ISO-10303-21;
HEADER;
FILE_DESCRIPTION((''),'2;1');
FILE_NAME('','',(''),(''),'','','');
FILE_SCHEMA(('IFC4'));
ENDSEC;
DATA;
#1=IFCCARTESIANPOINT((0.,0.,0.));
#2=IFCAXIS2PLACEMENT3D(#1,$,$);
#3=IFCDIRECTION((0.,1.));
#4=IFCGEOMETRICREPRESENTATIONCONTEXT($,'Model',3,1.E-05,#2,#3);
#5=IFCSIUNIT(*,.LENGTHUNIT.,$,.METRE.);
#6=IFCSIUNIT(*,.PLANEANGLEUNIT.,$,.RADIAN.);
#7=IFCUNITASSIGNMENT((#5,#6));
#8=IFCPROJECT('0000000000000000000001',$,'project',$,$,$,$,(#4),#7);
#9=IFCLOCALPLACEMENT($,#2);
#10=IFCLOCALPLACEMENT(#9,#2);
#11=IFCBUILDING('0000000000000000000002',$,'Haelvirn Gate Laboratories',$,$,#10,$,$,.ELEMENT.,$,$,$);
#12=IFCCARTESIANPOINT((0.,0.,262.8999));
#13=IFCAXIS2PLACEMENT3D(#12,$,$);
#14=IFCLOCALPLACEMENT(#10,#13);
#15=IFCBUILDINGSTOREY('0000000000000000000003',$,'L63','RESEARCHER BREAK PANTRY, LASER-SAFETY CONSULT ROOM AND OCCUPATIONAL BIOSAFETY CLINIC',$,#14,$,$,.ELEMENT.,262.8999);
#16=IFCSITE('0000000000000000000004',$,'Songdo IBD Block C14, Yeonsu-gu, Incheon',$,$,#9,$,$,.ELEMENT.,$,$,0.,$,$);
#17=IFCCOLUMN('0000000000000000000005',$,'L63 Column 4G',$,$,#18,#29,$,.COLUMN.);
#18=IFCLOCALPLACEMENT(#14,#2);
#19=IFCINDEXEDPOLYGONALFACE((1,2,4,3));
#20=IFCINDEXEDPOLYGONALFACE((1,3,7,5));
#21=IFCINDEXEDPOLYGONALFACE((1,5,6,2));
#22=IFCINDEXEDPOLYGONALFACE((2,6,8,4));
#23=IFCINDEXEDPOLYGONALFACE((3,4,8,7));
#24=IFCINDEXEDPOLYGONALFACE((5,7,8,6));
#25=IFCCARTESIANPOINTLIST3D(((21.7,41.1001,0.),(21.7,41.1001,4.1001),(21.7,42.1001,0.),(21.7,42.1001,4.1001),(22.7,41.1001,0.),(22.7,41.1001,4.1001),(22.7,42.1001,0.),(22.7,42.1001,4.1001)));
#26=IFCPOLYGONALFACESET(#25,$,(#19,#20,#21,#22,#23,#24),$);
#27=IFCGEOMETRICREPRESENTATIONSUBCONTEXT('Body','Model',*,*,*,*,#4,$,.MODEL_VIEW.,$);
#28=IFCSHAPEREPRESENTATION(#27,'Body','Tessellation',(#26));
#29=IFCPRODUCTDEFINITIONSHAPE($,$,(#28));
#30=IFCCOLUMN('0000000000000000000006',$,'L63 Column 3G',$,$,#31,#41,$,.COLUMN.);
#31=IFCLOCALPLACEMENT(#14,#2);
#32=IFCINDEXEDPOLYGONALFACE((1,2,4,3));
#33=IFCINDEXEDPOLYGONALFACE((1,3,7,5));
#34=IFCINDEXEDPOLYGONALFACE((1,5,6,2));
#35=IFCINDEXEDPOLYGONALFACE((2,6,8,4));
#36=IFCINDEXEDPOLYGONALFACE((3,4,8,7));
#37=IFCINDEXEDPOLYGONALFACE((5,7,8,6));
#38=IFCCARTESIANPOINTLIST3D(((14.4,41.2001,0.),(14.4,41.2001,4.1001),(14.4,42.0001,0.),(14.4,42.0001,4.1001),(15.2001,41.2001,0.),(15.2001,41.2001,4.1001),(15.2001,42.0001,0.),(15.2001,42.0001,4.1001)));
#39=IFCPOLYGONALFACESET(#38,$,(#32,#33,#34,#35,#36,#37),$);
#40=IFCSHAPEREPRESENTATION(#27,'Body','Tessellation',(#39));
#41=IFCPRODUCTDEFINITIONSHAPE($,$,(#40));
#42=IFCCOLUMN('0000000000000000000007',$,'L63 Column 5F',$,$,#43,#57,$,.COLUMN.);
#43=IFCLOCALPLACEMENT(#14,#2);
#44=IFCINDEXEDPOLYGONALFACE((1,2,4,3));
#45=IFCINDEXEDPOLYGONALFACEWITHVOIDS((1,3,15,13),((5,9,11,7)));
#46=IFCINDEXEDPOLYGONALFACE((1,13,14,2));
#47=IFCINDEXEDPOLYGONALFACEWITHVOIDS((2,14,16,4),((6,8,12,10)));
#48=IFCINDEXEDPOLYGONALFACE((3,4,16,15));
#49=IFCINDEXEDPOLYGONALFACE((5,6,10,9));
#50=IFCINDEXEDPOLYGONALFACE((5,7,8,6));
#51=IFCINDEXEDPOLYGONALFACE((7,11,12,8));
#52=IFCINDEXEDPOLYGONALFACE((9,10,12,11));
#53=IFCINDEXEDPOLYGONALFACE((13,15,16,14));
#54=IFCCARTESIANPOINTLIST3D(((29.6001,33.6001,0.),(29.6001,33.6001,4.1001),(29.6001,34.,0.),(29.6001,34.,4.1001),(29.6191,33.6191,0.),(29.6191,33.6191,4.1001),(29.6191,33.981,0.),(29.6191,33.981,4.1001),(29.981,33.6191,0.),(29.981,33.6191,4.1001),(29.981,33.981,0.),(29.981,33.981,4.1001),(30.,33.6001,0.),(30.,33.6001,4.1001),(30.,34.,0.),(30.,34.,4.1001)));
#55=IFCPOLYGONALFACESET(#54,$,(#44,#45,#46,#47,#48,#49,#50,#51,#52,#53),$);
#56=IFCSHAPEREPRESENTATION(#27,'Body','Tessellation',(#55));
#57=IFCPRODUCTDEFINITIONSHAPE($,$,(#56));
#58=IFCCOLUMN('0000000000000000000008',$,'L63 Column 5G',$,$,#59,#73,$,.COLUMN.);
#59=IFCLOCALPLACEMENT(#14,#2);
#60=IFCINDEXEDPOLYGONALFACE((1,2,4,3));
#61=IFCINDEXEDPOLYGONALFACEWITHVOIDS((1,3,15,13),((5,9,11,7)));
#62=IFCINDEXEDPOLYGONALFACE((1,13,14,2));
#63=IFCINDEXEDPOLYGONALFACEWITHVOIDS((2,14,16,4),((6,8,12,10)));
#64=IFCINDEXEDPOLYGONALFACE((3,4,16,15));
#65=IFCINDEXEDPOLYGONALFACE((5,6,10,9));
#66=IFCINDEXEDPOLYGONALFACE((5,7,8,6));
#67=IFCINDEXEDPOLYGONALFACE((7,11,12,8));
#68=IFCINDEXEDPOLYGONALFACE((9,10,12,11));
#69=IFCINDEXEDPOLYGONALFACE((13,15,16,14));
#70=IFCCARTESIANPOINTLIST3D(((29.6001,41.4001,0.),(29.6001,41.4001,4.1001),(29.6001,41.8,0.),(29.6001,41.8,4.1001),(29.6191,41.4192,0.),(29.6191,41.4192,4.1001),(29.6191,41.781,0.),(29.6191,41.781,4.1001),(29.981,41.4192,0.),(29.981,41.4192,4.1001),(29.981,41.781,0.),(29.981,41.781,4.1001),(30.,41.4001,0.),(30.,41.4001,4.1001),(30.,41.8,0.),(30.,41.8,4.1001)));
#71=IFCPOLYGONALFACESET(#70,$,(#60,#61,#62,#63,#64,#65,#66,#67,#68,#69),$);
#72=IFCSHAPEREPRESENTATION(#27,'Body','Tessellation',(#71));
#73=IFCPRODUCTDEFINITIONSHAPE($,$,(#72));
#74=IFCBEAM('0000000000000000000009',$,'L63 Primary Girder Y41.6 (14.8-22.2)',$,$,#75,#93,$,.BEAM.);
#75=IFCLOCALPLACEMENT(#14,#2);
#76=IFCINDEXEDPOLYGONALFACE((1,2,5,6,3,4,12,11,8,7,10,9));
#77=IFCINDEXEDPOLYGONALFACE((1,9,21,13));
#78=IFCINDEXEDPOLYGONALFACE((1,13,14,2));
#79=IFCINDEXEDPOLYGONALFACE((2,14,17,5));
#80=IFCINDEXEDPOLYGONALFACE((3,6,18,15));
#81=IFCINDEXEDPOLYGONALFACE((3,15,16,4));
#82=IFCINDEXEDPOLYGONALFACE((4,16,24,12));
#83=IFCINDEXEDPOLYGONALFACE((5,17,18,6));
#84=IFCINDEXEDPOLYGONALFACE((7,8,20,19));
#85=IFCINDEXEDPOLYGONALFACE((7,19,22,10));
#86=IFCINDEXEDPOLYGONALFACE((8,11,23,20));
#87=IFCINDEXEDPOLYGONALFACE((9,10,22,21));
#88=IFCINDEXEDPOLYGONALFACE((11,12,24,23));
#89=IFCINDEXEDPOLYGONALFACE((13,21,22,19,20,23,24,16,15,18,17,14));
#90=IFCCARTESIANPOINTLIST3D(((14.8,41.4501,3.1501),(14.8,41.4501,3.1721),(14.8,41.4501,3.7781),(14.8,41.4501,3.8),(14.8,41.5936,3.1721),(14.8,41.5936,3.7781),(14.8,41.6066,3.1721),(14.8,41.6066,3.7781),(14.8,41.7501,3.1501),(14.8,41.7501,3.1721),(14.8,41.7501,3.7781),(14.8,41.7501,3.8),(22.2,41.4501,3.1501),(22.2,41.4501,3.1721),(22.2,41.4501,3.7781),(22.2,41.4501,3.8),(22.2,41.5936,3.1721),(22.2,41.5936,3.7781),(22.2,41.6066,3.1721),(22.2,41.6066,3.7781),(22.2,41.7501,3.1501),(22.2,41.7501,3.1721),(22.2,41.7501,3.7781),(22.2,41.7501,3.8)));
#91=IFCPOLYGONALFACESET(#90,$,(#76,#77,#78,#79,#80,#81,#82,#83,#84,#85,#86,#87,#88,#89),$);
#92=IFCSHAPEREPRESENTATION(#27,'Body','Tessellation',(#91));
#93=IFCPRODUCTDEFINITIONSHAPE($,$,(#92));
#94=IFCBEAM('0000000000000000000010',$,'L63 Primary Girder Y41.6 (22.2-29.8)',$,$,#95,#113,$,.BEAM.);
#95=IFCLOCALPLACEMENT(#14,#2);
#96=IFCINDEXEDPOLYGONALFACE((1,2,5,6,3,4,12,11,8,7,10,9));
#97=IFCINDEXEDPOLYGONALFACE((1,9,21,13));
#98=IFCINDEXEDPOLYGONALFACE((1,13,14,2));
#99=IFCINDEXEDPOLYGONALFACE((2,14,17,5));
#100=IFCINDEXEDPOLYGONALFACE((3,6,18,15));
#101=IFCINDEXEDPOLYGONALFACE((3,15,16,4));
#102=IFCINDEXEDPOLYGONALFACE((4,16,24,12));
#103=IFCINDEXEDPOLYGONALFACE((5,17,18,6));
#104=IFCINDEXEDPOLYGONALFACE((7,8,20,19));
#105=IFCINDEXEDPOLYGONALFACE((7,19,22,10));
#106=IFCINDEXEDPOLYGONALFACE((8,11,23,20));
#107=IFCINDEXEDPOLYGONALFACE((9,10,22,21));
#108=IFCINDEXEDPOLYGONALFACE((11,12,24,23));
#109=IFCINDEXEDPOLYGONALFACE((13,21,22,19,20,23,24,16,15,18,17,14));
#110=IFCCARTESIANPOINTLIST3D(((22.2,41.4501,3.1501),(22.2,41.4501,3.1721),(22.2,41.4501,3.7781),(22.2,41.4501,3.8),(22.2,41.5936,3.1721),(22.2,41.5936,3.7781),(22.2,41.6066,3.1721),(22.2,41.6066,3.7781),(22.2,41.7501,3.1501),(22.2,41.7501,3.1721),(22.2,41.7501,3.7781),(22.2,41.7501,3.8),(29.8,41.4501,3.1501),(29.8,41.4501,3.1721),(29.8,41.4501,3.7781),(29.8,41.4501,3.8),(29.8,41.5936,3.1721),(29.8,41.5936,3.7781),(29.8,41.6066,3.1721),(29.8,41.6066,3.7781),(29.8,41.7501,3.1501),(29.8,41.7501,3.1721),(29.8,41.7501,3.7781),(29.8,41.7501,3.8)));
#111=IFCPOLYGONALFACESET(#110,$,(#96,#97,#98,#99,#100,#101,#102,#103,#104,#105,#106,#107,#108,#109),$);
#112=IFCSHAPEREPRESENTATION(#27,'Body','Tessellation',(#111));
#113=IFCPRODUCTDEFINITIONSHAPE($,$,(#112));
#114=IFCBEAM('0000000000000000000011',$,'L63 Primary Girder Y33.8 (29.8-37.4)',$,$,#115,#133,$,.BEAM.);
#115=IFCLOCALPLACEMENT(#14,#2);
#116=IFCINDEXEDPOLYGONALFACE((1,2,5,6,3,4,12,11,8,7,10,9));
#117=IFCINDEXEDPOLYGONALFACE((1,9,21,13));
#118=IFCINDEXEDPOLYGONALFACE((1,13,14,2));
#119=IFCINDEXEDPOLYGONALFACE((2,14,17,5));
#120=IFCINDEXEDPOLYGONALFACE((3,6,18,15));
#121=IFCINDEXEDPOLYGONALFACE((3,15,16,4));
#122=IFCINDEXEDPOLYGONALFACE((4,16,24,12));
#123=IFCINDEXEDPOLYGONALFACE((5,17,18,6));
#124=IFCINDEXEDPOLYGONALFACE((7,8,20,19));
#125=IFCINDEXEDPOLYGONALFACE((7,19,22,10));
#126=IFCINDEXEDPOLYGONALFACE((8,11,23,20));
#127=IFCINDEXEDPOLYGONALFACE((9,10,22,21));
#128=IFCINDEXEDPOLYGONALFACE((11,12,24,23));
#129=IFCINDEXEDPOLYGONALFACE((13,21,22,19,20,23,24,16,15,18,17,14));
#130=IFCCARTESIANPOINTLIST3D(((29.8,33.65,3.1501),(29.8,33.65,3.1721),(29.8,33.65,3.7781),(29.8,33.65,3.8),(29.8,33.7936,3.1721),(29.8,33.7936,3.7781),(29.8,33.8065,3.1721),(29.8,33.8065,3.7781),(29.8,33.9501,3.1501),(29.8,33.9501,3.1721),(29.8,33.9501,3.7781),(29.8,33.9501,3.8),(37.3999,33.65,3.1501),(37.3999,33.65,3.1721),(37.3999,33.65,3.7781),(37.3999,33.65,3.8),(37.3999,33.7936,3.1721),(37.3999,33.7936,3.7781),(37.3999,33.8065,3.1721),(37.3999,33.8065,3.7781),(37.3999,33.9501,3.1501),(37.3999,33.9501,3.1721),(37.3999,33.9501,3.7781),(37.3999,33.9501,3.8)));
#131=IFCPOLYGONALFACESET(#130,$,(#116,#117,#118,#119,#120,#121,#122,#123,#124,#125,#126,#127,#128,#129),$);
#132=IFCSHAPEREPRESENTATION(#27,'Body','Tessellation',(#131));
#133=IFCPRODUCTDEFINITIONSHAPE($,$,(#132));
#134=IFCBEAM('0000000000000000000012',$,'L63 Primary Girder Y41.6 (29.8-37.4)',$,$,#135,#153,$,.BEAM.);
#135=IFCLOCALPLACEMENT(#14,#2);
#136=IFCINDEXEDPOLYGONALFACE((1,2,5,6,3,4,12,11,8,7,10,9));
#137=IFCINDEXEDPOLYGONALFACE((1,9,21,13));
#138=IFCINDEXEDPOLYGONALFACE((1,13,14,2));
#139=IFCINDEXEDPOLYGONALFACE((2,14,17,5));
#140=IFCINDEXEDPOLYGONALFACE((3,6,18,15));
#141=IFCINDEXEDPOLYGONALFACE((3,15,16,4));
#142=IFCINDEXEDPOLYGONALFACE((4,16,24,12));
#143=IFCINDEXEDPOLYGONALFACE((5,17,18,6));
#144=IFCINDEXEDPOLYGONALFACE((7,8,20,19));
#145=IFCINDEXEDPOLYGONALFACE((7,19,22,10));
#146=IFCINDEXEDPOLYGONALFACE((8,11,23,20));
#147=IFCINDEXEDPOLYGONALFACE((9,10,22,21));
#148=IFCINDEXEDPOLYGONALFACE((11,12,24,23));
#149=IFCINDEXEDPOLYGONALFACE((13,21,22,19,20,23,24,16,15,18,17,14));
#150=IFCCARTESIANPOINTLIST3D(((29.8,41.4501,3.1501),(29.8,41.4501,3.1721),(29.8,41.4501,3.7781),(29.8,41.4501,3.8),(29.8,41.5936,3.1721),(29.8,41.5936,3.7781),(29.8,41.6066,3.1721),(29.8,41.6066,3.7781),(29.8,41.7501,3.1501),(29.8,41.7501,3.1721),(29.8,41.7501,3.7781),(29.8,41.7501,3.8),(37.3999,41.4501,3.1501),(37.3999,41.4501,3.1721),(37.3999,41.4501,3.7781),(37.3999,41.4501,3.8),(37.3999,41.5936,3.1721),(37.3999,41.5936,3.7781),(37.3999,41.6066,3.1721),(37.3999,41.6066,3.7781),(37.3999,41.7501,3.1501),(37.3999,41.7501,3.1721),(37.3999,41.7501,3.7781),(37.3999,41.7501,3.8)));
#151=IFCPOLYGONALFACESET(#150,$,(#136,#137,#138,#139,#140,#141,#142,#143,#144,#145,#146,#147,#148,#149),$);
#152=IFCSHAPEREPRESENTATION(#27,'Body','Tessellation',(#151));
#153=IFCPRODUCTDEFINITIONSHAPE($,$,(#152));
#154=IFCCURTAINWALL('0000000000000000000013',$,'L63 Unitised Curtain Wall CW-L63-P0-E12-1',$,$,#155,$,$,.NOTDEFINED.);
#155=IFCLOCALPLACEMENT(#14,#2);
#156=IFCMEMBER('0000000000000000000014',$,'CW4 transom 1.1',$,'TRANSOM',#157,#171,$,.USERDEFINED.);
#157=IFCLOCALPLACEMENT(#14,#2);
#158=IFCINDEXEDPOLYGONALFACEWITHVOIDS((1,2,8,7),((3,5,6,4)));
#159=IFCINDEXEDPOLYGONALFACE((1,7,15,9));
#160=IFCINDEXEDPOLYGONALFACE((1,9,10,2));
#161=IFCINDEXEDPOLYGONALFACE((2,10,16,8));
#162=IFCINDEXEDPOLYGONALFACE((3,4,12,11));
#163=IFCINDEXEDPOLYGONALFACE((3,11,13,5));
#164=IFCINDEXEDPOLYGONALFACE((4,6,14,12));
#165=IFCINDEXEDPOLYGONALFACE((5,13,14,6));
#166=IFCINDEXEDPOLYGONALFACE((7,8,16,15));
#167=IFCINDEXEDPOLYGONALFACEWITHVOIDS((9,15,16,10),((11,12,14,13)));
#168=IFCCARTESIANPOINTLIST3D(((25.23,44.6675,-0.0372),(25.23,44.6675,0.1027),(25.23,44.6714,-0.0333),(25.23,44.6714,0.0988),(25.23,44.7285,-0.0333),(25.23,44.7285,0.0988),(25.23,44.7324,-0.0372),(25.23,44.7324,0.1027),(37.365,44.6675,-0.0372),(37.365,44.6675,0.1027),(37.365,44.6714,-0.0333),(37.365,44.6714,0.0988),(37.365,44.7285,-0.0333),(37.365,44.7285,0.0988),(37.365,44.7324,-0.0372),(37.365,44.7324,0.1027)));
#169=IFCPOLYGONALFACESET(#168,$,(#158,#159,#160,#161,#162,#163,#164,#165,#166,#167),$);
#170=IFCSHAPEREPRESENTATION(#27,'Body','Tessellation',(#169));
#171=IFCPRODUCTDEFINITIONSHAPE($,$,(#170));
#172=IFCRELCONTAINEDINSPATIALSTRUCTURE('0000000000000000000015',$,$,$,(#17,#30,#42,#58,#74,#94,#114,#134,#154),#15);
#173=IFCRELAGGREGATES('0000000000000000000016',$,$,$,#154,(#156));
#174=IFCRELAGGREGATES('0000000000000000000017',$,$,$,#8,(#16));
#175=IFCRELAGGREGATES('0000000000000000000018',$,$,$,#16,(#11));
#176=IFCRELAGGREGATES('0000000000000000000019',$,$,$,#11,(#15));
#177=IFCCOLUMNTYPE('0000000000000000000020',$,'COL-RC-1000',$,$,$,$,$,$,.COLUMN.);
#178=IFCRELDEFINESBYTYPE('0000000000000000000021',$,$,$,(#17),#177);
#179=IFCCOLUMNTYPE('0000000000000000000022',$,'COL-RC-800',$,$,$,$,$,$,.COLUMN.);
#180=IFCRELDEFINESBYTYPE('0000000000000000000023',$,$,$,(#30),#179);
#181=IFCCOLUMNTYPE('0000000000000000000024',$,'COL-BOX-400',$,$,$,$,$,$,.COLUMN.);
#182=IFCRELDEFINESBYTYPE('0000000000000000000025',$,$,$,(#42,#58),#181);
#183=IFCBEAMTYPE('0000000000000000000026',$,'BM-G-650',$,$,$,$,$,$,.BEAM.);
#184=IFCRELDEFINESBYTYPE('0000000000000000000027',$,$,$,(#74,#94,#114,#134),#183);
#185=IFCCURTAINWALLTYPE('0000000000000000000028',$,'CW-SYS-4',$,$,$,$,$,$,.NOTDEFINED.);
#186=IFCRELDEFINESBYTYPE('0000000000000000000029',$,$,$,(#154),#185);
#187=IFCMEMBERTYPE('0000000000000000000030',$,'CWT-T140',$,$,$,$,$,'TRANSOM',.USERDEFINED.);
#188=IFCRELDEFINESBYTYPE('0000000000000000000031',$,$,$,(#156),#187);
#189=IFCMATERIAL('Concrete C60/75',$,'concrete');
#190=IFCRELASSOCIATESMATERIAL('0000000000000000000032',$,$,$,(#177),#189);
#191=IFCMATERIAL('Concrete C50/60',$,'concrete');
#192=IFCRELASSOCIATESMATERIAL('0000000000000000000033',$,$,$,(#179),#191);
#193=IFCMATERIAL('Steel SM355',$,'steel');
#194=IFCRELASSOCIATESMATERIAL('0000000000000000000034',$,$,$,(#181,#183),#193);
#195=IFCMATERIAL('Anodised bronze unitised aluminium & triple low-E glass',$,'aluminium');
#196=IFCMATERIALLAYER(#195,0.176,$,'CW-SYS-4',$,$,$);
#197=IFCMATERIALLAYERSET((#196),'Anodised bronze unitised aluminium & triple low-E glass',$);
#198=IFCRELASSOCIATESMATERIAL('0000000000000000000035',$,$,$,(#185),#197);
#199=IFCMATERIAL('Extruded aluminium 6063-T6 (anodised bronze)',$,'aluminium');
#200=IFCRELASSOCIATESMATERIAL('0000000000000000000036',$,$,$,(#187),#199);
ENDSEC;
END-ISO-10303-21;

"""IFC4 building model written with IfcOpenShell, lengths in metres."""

from ifc_helpers import new_model, si_unit, direction, frame, origin, origin_2d, place, context, subcontext, project, spatial, rectangle, hollow_rectangle, i_section, extrude, source, transform, mapped, material, layer, layer_set, material_profile, profile_set, type_object, type_shapes, element, aggregate, save


model = new_model("IFC4")

# Units and contexts
model_context = context("Model", 3, precision=1e-05, world=origin(), true_north=direction((0.0, 1.0)))
body_context = subcontext(model_context, "Body", "Model", "MODEL_VIEW")
ifc_project = project(units=[si_unit("LENGTHUNIT", "METRE"), si_unit("PLANEANGLEUNIT", "RADIAN")], contexts=[model_context])

# Site, building, storey
site_placement = place(None, origin())
site = spatial("IfcSite", under=ifc_project, at=site_placement, Name="Songdo IBD Block C14, Yeonsu-gu, Incheon", CompositionType="ELEMENT", RefElevation=0.0)
building_placement = place(site_placement, origin())
building = spatial("IfcBuilding", under=site, at=building_placement, Name="Haelvirn Gate Laboratories", CompositionType="ELEMENT")
storey_placement = place(building_placement, frame((0.0, 0.0, 262.8999)))
storey = spatial("IfcBuildingStorey", under=building, at=storey_placement, Name="L63", Description="RESEARCHER BREAK PANTRY, LASER-SAFETY CONSULT ROOM AND OCCUPATIONAL BIOSAFETY CLINIC", CompositionType="ELEMENT", Elevation=262.8999)

# Columns
ifc_material_1 = material(Name="Concrete C60/75", Category="concrete")
ifc_material_profile_1 = material_profile(ifc_material_1, rectangle(XDim=1.0, YDim=1.0, at=origin_2d()), Name="RC-1000x1000")
ifc_profile_set_1 = profile_set([ifc_material_profile_1], Name="Concrete C60/75")
column_type_1 = type_object("IfcColumnType", Name="COL-RC-1000", PredefinedType="COLUMN", material=ifc_profile_set_1)
shared_shape_1 = source(origin(), body_context, "Body", "SweptSolid", [
    extrude(rectangle(XDim=1.0, YDim=1.0, at=origin_2d()), origin(), (0.0, 0.0, 1.0), 4.1001),
])
type_shapes(column_type_1, [shared_shape_1])
column_1_placement = place(storey_placement, frame((22.2, 41.6001, 0.0), z_axis=(0.0, 0.0, 1.0), x_axis=(1.0, 0.0, 0.0)))
element("IfcColumn", 1, at=column_1_placement, inside=storey, type_object=column_type_1, Name="L63 Column 4G", PredefinedType="COLUMN", context=body_context, shape_type="MappedRepresentation", body=[
    mapped(shared_shape_1, transform((0.0, 0.0, 0.0), scale=1.0)),
])
ifc_material_2 = material(Name="Concrete C50/60", Category="concrete")
ifc_material_profile_2 = material_profile(ifc_material_2, rectangle(XDim=0.8, YDim=0.8, at=origin_2d()), Name="RC-800x800")
ifc_profile_set_2 = profile_set([ifc_material_profile_2], Name="Concrete C50/60")
column_type_2 = type_object("IfcColumnType", Name="COL-RC-800", PredefinedType="COLUMN", material=ifc_profile_set_2)
shared_shape_2 = source(origin(), body_context, "Body", "SweptSolid", [
    extrude(rectangle(XDim=0.8, YDim=0.8, at=origin_2d()), origin(), (0.0, 0.0, 1.0), 4.1001),
])
type_shapes(column_type_2, [shared_shape_2])
column_2_placement = place(storey_placement, frame((14.8, 41.6001, 0.0), z_axis=(0.0, 0.0, 1.0), x_axis=(1.0, 0.0, 0.0)))
element("IfcColumn", 2, at=column_2_placement, inside=storey, type_object=column_type_2, Name="L63 Column 3G", PredefinedType="COLUMN", context=body_context, shape_type="MappedRepresentation", body=[
    mapped(shared_shape_2, transform((0.0, 0.0, 0.0), scale=1.0)),
])
ifc_material_3 = material(Name="Steel SM355", Category="steel")
ifc_material_profile_3 = material_profile(ifc_material_3, hollow_rectangle(XDim=0.3999, YDim=0.3999, WallThickness=0.019, at=origin_2d()), Name="BOX-400x400x19")
ifc_profile_set_3 = profile_set([ifc_material_profile_3], Name="Steel SM355")
column_type_3 = type_object("IfcColumnType", Name="COL-BOX-400", PredefinedType="COLUMN", material=ifc_profile_set_3)
shared_shape_3 = source(origin(), body_context, "Body", "SweptSolid", [
    extrude(hollow_rectangle(XDim=0.3999, YDim=0.3999, WallThickness=0.019, at=origin_2d()), origin(), (0.0, 0.0, 1.0), 4.1001),
])
type_shapes(column_type_3, [shared_shape_3])
for number, where, z_axis, x_axis, name in (
    (3, (29.8, 33.8, 0.0), (0.0, 0.0, 1.0), (1.0, 0.0, 0.0), "L63 Column 5F"),
    (4, (29.8, 41.6001, 0.0), (0.0, 0.0, 1.0), (1.0, 0.0, 0.0), "L63 Column 5G"),
):
    element("IfcColumn", number, at=place(storey_placement, frame(where, z_axis=z_axis, x_axis=x_axis)), inside=storey, type_object=column_type_3, Name=name, PredefinedType="COLUMN", context=body_context, shape_type="MappedRepresentation", body=[
        mapped(shared_shape_3, transform((0.0, 0.0, 0.0), scale=1.0)),
    ])

# Beams
ifc_material_profile_4 = material_profile(ifc_material_3, i_section(OverallWidth=0.3, OverallDepth=0.6499, WebThickness=0.0129, FlangeThickness=0.022, at=origin_2d()), Name="H-650x300x13x22")
ifc_profile_set_4 = profile_set([ifc_material_profile_4], Name="Steel SM355")
beam_type = type_object("IfcBeamType", Name="BM-G-650", PredefinedType="BEAM", material=ifc_profile_set_4)
shared_shape_4 = source(origin(), body_context, "Body", "SweptSolid", [
    extrude(i_section(OverallWidth=0.3, OverallDepth=0.6499, WebThickness=0.0129, FlangeThickness=0.022, at=origin_2d()), origin(), (0.0, 0.0, 1.0), 7.3999),
])
beam_1_placement = place(storey_placement, frame((14.8, 41.6001, 3.4751), z_axis=(1.0, 0.0, 0.0), x_axis=(0.0, 1.0, 0.0)))
element("IfcBeam", 5, at=beam_1_placement, inside=storey, type_object=beam_type, Name="L63 Primary Girder Y41.6 (14.8-22.2)", PredefinedType="BEAM", context=body_context, shape_type="MappedRepresentation", body=[
    mapped(shared_shape_4, transform((0.0, 0.0, 0.0), scale=1.0)),
])
shared_shape_5 = source(origin(), body_context, "Body", "SweptSolid", [
    extrude(i_section(OverallWidth=0.3, OverallDepth=0.6499, WebThickness=0.0129, FlangeThickness=0.022, at=origin_2d()), origin(), (0.0, 0.0, 1.0), 7.6001),
])
beam_2_placement = place(storey_placement, frame((22.2, 41.6001, 3.4751), z_axis=(1.0, 0.0, 0.0), x_axis=(0.0, 1.0, 0.0)))
element("IfcBeam", 6, at=beam_2_placement, inside=storey, type_object=beam_type, Name="L63 Primary Girder Y41.6 (22.2-29.8)", PredefinedType="BEAM", context=body_context, shape_type="MappedRepresentation", body=[
    mapped(shared_shape_5, transform((0.0, 0.0, 0.0), scale=1.0)),
])
shared_shape_6 = source(origin(), body_context, "Body", "SweptSolid", [
    extrude(i_section(OverallWidth=0.3, OverallDepth=0.6499, WebThickness=0.0129, FlangeThickness=0.022, at=origin_2d()), origin(), (0.0, 0.0, 1.0), 7.5999),
])
type_shapes(beam_type, [shared_shape_4, shared_shape_5, shared_shape_6])
for number, where, z_axis, x_axis, name in (
    (7, (29.8, 33.8, 3.4751), (1.0, 0.0, 0.0), (0.0, 1.0, 0.0), "L63 Primary Girder Y33.8 (29.8-37.4)"),
    (8, (29.8, 41.6001, 3.4751), (1.0, 0.0, 0.0), (0.0, 1.0, 0.0), "L63 Primary Girder Y41.6 (29.8-37.4)"),
):
    element("IfcBeam", number, at=place(storey_placement, frame(where, z_axis=z_axis, x_axis=x_axis)), inside=storey, type_object=beam_type, Name=name, PredefinedType="BEAM", context=body_context, shape_type="MappedRepresentation", body=[
        mapped(shared_shape_6, transform((0.0, 0.0, 0.0), scale=1.0)),
    ])

# Curtain wall, member
ifc_material_4 = material(Name="Anodised bronze unitised aluminium & triple low-E glass", Category="aluminium")
ifc_layer_1 = layer(ifc_material_4, 0.176, Name="CW-SYS-4")
ifc_layer_set_1 = layer_set([ifc_layer_1], Name="Anodised bronze unitised aluminium & triple low-E glass")
curtain_wall_type = type_object("IfcCurtainWallType", Name="CW-SYS-4", PredefinedType="NOTDEFINED", material=ifc_layer_set_1)
curtain_wall_1_placement = place(storey_placement, origin())
curtain_wall_1 = element("IfcCurtainWall", 9, at=curtain_wall_1_placement, inside=storey, type_object=curtain_wall_type, Name="L63 Unitised Curtain Wall CW-L63-P0-E12-1", PredefinedType="NOTDEFINED")
ifc_material_5 = material(Name="Extruded aluminium 6063-T6 (anodised bronze)", Category="aluminium")
ifc_material_profile_5 = material_profile(ifc_material_5, hollow_rectangle(XDim=0.0649, YDim=0.1399, WallThickness=0.0039, at=origin_2d()), Name="CWT-140x65x4")
ifc_profile_set_5 = profile_set([ifc_material_profile_5], Name="Extruded aluminium 6063-T6 (anodised bronze)")
member_type_1 = type_object("IfcMemberType", Name="CWT-T140", ElementType="TRANSOM", PredefinedType="USERDEFINED", material=ifc_profile_set_5)
shared_shape_7 = source(origin(), body_context, "Body", "SweptSolid", [
    extrude(hollow_rectangle(XDim=0.0649, YDim=0.1399, WallThickness=0.0039, at=origin_2d()), origin(), (0.0, 0.0, 1.0), 12.135),
])
member_1_placement = place(storey_placement, frame((25.23, 44.7, 0.0327), z_axis=(1.0, 0.0, 0.0), x_axis=(0.0, 1.0, 0.0)))
member_1 = element("IfcMember", 10, at=member_1_placement, type_object=member_type_1, Name="CW4 transom 1.1", ObjectType="TRANSOM", PredefinedType="USERDEFINED", context=body_context, shape_type="MappedRepresentation", body=[
    mapped(shared_shape_7, transform((0.0, 0.0, 0.0), scale=1.0)),
])

aggregate(curtain_wall_1, [member_1])

save(model, "model.ifc")
